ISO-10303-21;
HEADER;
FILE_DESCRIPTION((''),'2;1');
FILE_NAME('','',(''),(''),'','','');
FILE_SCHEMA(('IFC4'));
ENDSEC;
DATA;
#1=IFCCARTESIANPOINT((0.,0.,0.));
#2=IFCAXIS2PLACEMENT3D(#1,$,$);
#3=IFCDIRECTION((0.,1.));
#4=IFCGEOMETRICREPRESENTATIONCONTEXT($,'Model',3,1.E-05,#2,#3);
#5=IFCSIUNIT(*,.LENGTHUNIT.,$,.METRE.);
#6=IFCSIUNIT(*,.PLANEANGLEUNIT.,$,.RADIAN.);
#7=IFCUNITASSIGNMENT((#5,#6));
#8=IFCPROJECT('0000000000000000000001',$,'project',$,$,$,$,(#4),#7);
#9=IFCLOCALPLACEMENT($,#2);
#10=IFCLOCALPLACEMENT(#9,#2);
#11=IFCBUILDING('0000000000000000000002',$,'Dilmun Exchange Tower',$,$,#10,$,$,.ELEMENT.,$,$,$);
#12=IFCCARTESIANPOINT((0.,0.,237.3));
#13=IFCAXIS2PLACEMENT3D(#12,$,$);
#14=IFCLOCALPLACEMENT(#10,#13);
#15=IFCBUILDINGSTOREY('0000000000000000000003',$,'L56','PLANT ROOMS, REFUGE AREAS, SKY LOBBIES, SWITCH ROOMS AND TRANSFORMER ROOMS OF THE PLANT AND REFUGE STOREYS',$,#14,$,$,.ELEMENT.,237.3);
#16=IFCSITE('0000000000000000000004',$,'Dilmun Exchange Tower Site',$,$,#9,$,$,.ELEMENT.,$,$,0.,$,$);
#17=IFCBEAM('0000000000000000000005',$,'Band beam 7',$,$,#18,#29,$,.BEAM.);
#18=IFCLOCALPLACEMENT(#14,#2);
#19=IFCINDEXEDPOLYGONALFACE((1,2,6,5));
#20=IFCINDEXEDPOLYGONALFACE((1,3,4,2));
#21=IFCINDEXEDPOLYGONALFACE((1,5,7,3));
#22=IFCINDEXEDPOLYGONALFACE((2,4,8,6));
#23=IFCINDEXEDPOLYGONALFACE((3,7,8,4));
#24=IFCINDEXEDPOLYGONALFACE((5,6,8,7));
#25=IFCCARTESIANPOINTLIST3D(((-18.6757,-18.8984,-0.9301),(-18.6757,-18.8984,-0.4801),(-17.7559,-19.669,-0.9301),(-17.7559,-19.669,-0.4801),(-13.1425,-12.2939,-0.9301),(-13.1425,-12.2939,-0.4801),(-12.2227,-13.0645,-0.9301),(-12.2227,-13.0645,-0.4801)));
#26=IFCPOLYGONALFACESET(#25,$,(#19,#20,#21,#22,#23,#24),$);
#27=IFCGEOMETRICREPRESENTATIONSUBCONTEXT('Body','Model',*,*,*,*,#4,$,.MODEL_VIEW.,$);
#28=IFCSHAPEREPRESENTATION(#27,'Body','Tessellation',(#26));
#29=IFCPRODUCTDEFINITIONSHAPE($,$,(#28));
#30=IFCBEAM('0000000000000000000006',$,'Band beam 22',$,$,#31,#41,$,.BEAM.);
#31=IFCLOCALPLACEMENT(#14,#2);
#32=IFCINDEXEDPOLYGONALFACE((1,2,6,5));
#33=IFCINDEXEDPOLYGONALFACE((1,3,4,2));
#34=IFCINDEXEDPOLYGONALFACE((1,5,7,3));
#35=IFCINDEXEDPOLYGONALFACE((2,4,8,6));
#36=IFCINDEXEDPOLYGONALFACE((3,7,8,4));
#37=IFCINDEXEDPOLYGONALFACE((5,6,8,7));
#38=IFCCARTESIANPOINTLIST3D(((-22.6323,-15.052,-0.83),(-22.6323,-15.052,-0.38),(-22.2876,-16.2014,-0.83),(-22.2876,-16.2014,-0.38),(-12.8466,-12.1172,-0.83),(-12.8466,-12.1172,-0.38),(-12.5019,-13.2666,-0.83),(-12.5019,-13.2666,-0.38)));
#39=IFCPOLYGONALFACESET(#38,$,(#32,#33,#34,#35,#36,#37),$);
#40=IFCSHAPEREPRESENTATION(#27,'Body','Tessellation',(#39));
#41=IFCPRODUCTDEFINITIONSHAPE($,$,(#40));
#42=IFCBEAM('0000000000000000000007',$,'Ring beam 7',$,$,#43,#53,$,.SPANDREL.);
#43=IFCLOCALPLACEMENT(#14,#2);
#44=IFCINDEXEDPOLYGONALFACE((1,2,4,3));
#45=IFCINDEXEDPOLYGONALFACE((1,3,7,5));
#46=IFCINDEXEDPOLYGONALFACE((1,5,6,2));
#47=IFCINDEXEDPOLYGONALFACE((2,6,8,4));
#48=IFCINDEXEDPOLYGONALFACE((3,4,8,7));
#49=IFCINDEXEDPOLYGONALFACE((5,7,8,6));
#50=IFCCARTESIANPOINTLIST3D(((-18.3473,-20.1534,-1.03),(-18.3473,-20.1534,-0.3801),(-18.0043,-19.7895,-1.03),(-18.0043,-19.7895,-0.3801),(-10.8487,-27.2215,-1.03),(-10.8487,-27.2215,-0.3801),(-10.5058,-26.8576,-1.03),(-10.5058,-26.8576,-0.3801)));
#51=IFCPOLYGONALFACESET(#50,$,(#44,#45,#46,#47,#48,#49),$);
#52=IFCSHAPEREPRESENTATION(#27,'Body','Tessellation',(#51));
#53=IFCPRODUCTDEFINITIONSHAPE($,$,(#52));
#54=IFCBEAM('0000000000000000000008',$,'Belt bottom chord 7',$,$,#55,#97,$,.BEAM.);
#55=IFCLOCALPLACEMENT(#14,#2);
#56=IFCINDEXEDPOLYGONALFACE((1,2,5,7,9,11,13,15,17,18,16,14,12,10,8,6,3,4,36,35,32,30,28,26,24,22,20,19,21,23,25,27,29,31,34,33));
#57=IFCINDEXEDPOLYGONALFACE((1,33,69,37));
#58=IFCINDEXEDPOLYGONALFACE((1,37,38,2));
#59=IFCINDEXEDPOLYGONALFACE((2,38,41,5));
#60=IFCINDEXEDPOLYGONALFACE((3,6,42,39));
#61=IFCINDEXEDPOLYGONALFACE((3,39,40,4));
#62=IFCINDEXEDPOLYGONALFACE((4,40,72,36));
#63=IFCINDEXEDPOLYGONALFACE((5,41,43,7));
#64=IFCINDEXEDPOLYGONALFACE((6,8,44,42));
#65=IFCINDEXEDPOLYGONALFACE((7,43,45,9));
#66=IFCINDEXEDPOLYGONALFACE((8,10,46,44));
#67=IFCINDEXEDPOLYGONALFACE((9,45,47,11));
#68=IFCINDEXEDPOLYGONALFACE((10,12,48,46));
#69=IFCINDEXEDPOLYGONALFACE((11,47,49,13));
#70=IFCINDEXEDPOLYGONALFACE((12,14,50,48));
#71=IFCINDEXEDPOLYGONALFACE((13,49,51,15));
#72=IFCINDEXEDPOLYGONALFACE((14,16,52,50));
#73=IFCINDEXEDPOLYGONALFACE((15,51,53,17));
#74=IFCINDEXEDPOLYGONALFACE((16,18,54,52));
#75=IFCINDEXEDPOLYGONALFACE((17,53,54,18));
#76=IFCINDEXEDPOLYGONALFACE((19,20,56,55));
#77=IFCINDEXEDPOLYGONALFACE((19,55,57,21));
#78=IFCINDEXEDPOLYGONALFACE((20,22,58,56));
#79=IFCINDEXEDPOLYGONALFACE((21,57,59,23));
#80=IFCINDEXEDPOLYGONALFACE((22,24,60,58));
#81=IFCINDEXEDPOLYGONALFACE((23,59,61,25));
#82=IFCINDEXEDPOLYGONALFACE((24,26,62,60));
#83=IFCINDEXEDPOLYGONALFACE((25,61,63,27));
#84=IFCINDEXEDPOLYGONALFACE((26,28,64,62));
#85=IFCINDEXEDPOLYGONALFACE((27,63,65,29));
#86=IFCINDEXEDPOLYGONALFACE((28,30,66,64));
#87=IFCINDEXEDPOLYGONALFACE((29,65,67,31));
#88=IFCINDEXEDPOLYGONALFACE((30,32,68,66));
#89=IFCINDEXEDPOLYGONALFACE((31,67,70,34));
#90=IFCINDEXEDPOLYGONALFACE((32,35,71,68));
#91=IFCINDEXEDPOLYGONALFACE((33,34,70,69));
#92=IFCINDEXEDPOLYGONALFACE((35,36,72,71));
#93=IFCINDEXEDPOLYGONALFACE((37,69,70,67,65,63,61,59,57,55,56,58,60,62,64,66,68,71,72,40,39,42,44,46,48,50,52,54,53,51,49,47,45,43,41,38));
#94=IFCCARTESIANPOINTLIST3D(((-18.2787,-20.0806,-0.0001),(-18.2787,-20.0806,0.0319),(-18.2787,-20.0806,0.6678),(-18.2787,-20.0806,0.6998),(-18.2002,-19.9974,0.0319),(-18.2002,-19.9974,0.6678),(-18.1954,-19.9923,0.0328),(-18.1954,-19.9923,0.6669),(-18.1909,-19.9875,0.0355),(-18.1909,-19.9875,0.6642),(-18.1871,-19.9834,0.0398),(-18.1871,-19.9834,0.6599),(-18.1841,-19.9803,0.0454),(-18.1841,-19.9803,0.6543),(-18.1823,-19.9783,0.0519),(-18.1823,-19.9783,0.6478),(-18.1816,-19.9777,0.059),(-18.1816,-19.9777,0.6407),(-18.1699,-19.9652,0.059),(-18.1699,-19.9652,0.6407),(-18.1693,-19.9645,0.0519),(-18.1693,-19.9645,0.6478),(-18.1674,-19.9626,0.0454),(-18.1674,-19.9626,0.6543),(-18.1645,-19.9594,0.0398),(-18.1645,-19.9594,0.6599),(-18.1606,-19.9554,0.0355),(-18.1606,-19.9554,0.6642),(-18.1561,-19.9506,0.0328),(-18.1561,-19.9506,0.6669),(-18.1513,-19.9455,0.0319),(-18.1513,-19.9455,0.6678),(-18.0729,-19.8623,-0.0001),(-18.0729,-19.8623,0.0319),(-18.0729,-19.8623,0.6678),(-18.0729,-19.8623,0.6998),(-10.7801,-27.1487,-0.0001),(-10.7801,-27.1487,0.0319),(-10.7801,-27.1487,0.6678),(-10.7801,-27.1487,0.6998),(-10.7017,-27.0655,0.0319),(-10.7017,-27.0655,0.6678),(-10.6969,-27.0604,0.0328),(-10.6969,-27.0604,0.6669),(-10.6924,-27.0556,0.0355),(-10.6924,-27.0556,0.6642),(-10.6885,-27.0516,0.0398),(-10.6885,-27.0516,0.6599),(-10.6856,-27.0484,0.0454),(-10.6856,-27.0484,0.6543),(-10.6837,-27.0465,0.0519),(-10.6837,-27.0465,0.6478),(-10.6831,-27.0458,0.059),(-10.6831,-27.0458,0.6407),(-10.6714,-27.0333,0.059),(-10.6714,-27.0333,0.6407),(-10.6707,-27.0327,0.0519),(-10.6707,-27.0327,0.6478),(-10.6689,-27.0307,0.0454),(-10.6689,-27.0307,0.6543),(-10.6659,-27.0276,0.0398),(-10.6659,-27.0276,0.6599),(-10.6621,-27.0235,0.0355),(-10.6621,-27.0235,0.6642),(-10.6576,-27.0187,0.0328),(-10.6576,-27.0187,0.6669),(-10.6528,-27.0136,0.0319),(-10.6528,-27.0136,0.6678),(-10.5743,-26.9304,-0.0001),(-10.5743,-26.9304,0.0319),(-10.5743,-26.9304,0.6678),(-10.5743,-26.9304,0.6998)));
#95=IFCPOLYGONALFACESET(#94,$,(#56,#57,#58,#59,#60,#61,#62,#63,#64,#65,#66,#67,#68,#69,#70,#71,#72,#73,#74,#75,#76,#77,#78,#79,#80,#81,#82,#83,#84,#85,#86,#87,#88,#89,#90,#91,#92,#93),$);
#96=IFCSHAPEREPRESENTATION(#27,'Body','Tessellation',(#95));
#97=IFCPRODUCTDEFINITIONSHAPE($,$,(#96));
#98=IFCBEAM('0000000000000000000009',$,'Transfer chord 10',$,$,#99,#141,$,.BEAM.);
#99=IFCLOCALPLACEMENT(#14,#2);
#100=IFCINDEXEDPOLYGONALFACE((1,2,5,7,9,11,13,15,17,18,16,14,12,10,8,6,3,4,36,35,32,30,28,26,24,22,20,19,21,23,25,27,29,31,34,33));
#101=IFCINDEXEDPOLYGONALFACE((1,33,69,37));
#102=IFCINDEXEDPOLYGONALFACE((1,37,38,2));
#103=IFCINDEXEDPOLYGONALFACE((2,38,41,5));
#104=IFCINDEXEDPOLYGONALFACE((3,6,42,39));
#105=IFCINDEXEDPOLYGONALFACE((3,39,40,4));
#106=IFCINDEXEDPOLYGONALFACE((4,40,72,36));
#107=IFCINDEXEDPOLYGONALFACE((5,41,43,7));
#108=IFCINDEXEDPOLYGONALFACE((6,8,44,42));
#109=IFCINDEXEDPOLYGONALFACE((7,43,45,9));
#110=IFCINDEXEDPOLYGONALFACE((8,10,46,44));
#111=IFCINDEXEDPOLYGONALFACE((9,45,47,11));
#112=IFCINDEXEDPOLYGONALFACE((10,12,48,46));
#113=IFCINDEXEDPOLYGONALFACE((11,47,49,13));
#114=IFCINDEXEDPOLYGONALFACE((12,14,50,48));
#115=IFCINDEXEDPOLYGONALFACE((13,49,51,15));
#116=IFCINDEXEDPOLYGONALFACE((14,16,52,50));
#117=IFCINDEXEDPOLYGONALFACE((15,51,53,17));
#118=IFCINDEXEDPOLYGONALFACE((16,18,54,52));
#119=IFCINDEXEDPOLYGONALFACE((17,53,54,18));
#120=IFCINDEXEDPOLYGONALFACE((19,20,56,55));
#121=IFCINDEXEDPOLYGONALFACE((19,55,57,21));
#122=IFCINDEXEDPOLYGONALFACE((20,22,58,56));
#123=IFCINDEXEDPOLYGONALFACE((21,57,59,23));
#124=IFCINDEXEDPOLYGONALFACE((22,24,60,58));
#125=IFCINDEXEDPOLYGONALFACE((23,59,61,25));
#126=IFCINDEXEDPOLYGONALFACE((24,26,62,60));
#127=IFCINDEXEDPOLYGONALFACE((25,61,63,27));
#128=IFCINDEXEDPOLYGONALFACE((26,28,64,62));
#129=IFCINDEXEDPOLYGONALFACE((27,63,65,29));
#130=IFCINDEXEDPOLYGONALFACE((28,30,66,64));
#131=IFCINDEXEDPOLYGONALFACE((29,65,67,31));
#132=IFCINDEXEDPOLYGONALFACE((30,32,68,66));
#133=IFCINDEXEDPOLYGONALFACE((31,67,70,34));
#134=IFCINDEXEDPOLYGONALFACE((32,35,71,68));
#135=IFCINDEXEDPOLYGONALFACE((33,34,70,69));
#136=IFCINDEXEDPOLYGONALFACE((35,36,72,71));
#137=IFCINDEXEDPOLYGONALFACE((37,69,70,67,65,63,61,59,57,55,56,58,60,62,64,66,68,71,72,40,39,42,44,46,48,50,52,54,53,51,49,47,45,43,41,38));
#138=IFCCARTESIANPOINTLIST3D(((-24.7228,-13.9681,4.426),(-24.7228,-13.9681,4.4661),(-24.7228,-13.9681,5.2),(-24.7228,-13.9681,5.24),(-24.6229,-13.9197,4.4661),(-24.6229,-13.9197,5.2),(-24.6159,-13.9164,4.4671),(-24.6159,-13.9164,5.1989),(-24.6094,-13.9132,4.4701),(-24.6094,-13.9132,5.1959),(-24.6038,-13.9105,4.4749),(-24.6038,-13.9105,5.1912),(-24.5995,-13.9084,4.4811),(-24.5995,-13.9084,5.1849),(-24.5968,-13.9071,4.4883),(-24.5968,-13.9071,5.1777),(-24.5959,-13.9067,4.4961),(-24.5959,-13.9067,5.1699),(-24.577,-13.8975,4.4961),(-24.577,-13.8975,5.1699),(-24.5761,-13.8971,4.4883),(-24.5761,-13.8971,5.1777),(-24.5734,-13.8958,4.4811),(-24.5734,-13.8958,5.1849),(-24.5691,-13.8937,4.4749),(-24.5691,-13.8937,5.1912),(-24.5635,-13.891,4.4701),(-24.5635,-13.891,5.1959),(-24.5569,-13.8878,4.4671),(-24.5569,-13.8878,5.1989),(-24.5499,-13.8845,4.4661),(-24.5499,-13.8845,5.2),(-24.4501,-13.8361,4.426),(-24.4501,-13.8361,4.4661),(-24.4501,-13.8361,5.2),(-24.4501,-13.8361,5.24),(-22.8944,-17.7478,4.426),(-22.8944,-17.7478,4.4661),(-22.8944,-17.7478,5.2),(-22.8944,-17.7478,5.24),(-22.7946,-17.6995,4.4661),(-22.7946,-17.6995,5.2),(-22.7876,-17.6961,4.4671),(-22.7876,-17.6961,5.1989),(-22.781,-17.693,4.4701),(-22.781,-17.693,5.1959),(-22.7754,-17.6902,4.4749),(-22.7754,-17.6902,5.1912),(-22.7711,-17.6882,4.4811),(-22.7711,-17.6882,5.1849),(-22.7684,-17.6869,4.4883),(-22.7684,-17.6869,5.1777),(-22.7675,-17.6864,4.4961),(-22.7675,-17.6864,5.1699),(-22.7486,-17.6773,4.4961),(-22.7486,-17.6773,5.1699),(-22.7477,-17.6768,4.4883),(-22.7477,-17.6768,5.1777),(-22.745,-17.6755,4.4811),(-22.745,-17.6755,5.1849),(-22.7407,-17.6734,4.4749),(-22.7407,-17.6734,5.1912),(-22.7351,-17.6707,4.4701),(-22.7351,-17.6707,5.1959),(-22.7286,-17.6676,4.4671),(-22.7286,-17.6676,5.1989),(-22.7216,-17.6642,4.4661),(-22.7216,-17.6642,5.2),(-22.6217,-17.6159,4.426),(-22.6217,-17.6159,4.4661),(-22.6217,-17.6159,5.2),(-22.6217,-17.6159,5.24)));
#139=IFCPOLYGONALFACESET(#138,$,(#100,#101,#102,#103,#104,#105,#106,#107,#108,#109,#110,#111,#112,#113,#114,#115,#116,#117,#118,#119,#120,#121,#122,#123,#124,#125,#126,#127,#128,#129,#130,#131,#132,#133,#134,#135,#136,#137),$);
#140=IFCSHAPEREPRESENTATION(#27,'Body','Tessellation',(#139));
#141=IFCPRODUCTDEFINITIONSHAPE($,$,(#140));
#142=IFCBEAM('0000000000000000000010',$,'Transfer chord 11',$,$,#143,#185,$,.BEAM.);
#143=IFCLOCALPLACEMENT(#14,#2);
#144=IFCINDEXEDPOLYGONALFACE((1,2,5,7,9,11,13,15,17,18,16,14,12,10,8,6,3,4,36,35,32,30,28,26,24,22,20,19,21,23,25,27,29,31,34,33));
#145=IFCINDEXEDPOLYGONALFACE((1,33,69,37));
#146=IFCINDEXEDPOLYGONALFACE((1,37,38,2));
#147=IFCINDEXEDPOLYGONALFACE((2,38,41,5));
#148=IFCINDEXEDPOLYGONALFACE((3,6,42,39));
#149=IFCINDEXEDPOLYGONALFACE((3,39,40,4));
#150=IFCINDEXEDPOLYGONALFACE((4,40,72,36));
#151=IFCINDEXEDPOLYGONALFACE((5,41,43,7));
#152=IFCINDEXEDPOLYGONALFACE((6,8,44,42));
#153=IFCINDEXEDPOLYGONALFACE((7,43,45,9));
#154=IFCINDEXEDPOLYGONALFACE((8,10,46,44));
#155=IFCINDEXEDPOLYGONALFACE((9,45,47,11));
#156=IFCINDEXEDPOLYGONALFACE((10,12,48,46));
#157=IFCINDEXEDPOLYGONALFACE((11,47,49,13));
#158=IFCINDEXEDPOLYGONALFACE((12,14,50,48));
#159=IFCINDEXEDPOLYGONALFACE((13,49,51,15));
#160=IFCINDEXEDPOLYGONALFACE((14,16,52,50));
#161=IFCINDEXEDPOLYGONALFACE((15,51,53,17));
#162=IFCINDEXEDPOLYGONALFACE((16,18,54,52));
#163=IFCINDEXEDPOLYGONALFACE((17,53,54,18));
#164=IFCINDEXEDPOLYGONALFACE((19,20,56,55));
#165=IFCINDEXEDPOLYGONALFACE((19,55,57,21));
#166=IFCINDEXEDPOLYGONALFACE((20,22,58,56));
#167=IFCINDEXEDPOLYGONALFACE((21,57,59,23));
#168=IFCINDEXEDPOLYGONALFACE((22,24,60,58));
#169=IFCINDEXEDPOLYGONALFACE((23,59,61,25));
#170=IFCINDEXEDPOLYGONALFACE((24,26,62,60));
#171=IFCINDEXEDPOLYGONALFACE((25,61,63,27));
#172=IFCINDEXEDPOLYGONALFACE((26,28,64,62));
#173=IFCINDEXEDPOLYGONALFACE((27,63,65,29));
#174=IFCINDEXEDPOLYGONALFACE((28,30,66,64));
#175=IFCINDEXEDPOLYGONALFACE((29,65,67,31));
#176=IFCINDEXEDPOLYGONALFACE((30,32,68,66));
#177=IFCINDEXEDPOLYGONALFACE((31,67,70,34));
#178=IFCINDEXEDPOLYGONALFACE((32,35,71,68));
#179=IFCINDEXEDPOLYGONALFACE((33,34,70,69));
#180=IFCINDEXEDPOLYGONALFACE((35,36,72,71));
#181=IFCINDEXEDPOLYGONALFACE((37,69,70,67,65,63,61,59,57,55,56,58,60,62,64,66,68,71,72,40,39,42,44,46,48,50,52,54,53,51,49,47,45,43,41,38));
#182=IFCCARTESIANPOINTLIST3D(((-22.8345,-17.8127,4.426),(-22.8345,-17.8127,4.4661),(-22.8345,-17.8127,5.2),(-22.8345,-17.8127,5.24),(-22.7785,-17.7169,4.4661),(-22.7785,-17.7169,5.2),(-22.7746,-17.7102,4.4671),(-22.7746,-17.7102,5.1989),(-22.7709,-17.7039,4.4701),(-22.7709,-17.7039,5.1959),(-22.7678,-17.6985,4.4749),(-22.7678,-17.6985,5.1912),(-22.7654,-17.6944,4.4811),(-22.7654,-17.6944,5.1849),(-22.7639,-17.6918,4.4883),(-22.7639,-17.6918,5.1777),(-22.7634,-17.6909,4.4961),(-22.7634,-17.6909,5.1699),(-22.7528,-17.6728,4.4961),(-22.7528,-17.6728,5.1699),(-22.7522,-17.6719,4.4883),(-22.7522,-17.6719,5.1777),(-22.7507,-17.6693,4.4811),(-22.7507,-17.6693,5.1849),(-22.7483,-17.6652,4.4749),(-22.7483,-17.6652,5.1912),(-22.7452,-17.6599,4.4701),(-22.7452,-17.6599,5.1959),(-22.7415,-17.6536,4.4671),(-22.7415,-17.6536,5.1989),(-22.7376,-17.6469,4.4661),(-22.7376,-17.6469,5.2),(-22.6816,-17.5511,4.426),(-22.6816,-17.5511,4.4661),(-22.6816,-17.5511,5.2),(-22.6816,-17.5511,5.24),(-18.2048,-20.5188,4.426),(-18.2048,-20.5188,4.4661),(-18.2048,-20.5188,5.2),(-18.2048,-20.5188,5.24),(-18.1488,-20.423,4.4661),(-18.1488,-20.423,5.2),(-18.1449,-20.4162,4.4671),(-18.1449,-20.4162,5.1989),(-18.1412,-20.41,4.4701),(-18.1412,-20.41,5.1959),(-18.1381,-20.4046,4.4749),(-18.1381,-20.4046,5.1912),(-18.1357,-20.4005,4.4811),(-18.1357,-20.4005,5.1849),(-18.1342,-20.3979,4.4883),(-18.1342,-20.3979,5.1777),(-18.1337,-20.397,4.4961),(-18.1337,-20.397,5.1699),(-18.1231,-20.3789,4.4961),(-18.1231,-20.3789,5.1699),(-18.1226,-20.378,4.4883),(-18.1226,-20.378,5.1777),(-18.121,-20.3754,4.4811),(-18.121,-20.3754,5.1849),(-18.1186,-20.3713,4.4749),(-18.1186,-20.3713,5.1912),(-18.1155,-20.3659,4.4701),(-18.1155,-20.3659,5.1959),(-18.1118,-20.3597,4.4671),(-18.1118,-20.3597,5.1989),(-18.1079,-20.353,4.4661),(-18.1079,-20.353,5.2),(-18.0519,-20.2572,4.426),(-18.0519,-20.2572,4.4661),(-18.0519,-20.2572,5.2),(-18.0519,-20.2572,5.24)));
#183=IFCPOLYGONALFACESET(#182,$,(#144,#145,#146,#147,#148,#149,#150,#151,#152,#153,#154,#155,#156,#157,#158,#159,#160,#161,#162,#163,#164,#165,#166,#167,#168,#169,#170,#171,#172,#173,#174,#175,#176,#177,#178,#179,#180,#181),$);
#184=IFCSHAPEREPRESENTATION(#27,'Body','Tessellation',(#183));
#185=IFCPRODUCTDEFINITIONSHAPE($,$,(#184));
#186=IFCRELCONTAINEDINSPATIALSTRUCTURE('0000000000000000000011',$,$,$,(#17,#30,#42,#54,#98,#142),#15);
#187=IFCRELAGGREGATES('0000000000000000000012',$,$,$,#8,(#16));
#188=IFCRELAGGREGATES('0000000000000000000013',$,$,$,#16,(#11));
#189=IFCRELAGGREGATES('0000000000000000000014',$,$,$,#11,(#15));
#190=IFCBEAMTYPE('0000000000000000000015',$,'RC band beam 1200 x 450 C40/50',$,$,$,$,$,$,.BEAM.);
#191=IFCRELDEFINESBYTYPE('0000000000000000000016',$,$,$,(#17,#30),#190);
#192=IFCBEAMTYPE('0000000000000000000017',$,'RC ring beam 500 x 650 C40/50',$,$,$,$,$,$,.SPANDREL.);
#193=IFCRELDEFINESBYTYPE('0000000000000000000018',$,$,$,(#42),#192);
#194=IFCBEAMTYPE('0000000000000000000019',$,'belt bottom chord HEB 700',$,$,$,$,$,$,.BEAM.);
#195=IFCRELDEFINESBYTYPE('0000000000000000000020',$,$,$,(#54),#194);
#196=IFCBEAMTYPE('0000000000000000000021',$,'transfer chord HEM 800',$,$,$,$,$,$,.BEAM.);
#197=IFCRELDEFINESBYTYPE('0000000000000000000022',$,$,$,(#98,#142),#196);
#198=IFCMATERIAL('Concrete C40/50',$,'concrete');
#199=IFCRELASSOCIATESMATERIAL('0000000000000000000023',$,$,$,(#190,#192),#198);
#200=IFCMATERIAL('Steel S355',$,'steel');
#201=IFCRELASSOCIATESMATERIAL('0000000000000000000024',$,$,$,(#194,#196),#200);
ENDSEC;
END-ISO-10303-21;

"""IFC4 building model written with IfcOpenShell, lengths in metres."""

from ifc_helpers import new_model, si_unit, direction, frame, origin, origin_2d, place, context, subcontext, project, spatial, rectangle, i_section, extrude, material, material_profile, profile_set, type_object, element, save


model = new_model("IFC4")

# Units and contexts
model_context = context("Model", 3, precision=1e-05, world=origin(), true_north=direction((0.0, 1.0)))
body_context = subcontext(model_context, "Body", "Model", "MODEL_VIEW")
ifc_project = project(units=[si_unit("LENGTHUNIT", "METRE"), si_unit("PLANEANGLEUNIT", "RADIAN")], contexts=[model_context])

# Site, building, storey
site_placement = place(None, origin())
site = spatial("IfcSite", under=ifc_project, at=site_placement, Name="Dilmun Exchange Tower Site", CompositionType="ELEMENT", RefElevation=0.0)
building_placement = place(site_placement, origin())
building = spatial("IfcBuilding", under=site, at=building_placement, Name="Dilmun Exchange Tower", CompositionType="ELEMENT")
storey_placement = place(building_placement, frame((0.0, 0.0, 237.3)))
storey = spatial("IfcBuildingStorey", under=building, at=storey_placement, Name="L56", Description="PLANT ROOMS, REFUGE AREAS, SKY LOBBIES, SWITCH ROOMS AND TRANSFORMER ROOMS OF THE PLANT AND REFUGE STOREYS", CompositionType="ELEMENT", Elevation=237.3)

# Beams
ifc_material_1 = material(Name="Concrete C40/50", Category="concrete")
ifc_material_profile_1 = material_profile(ifc_material_1, rectangle(XDim=1.2, YDim=0.45, at=origin_2d()), Name="1200 x 450")
ifc_profile_set_1 = profile_set([ifc_material_profile_1], Name="Concrete C40/50")
beam_type_1 = type_object("IfcBeamType", Name="RC band beam 1200 x 450 C40/50", PredefinedType="BEAM", material=ifc_profile_set_1)
beam_1_placement = place(storey_placement, frame((-18.2158, -19.2837, -0.7051), z_axis=(0.6422, 0.766537, 0.0), x_axis=(-0.766537, 0.6422, 0.0)))
element("IfcBeam", 1, at=beam_1_placement, inside=storey, type_object=beam_type_1, Name="Band beam 7", PredefinedType="BEAM", context=body_context, shape_type="SweptSolid", body=[
    extrude(rectangle(XDim=1.2, YDim=0.45, at=origin_2d()), origin(), (0.0, 0.0, 1.0), 8.616),
])
beam_2_placement = place(storey_placement, frame((-22.46, -15.6267, -0.605), z_axis=(0.95785, 0.287269, 0.0), x_axis=(-0.287269, 0.95785, 0.0)))
element("IfcBeam", 2, at=beam_2_placement, inside=storey, type_object=beam_type_1, Name="Band beam 22", PredefinedType="BEAM", context=body_context, shape_type="SweptSolid", body=[
    extrude(rectangle(XDim=1.2, YDim=0.45, at=origin_2d()), origin(), (0.0, 0.0, 1.0), 10.2163),
])
ifc_material_profile_2 = material_profile(ifc_material_1, rectangle(XDim=0.5, YDim=0.6499, at=origin_2d()), Name="500 x 650")
ifc_profile_set_2 = profile_set([ifc_material_profile_2], Name="Concrete C40/50")
beam_type_2 = type_object("IfcBeamType", Name="RC ring beam 500 x 650 C40/50", PredefinedType="SPANDREL", material=ifc_profile_set_2)
beam_3_placement = place(storey_placement, frame((-18.1758, -19.9714, -0.7051), z_axis=(0.727683, -0.685914, 0.0), x_axis=(0.685914, 0.727683, 0.0)))
element("IfcBeam", 3, at=beam_3_placement, inside=storey, type_object=beam_type_2, Name="Ring beam 7", PredefinedType="SPANDREL", context=body_context, shape_type="SweptSolid", body=[
    extrude(rectangle(XDim=0.5, YDim=0.6499, at=origin_2d()), origin(), (0.0, 0.0, 1.0), 10.3047),
])
ifc_material_2 = material(Name="Steel S355", Category="steel")
ifc_material_profile_3 = material_profile(ifc_material_2, i_section(OverallWidth=0.3, OverallDepth=0.7, WebThickness=0.0171, FlangeThickness=0.032, FilletRadius=0.0271, at=origin_2d()), Name="HEB 700")
ifc_profile_set_3 = profile_set([ifc_material_profile_3], Name="Steel S355")
beam_type_3 = type_object("IfcBeamType", Name="belt bottom chord HEB 700", PredefinedType="BEAM", material=ifc_profile_set_3)
beam_4_placement = place(storey_placement, frame((-18.1758, -19.9714, 0.3499), z_axis=(0.727683, -0.685914, 0.0), x_axis=(0.685914, 0.727683, 0.0)))
element("IfcBeam", 4, at=beam_4_placement, inside=storey, type_object=beam_type_3, Name="Belt bottom chord 7", PredefinedType="BEAM", context=body_context, shape_type="SweptSolid", body=[
    extrude(i_section(OverallWidth=0.3, OverallDepth=0.7, WebThickness=0.0171, FlangeThickness=0.032, FilletRadius=0.0271, at=origin_2d()), origin(), (0.0, 0.0, 1.0), 10.3047),
])
ifc_material_profile_4 = material_profile(ifc_material_2, i_section(OverallWidth=0.303, OverallDepth=0.814, WebThickness=0.021, FlangeThickness=0.04, FilletRadius=0.03, at=origin_2d()), Name="HEM 800")
ifc_profile_set_4 = profile_set([ifc_material_profile_4], Name="Steel S355")
beam_type_4 = type_object("IfcBeamType", Name="transfer chord HEM 800", PredefinedType="BEAM", material=ifc_profile_set_4)
beam_5_placement = place(storey_placement, frame((-24.5864, -13.9021, 4.833), z_axis=(0.435453, -0.900211, 0.0), x_axis=(0.900211, 0.435453, 0.0)))
element("IfcBeam", 5, at=beam_5_placement, inside=storey, type_object=beam_type_4, Name="Transfer chord 10", PredefinedType="BEAM", context=body_context, shape_type="SweptSolid", body=[
    extrude(i_section(OverallWidth=0.303, OverallDepth=0.814, WebThickness=0.021, FlangeThickness=0.04, FilletRadius=0.03, at=origin_2d()), origin(), (0.0, 0.0, 1.0), 4.1987),
])
beam_6_placement = place(storey_placement, frame((-22.7581, -17.6819, 4.833), z_axis=(0.863338, -0.504627, 0.0), x_axis=(0.504627, 0.863338, 0.0)))
element("IfcBeam", 6, at=beam_6_placement, inside=storey, type_object=beam_type_4, Name="Transfer chord 11", PredefinedType="BEAM", context=body_context, shape_type="SweptSolid", body=[
    extrude(i_section(OverallWidth=0.303, OverallDepth=0.814, WebThickness=0.021, FlangeThickness=0.04, FilletRadius=0.03, at=origin_2d()), origin(), (0.0, 0.0, 1.0), 5.3625),
])

save(model, "model.ifc")
